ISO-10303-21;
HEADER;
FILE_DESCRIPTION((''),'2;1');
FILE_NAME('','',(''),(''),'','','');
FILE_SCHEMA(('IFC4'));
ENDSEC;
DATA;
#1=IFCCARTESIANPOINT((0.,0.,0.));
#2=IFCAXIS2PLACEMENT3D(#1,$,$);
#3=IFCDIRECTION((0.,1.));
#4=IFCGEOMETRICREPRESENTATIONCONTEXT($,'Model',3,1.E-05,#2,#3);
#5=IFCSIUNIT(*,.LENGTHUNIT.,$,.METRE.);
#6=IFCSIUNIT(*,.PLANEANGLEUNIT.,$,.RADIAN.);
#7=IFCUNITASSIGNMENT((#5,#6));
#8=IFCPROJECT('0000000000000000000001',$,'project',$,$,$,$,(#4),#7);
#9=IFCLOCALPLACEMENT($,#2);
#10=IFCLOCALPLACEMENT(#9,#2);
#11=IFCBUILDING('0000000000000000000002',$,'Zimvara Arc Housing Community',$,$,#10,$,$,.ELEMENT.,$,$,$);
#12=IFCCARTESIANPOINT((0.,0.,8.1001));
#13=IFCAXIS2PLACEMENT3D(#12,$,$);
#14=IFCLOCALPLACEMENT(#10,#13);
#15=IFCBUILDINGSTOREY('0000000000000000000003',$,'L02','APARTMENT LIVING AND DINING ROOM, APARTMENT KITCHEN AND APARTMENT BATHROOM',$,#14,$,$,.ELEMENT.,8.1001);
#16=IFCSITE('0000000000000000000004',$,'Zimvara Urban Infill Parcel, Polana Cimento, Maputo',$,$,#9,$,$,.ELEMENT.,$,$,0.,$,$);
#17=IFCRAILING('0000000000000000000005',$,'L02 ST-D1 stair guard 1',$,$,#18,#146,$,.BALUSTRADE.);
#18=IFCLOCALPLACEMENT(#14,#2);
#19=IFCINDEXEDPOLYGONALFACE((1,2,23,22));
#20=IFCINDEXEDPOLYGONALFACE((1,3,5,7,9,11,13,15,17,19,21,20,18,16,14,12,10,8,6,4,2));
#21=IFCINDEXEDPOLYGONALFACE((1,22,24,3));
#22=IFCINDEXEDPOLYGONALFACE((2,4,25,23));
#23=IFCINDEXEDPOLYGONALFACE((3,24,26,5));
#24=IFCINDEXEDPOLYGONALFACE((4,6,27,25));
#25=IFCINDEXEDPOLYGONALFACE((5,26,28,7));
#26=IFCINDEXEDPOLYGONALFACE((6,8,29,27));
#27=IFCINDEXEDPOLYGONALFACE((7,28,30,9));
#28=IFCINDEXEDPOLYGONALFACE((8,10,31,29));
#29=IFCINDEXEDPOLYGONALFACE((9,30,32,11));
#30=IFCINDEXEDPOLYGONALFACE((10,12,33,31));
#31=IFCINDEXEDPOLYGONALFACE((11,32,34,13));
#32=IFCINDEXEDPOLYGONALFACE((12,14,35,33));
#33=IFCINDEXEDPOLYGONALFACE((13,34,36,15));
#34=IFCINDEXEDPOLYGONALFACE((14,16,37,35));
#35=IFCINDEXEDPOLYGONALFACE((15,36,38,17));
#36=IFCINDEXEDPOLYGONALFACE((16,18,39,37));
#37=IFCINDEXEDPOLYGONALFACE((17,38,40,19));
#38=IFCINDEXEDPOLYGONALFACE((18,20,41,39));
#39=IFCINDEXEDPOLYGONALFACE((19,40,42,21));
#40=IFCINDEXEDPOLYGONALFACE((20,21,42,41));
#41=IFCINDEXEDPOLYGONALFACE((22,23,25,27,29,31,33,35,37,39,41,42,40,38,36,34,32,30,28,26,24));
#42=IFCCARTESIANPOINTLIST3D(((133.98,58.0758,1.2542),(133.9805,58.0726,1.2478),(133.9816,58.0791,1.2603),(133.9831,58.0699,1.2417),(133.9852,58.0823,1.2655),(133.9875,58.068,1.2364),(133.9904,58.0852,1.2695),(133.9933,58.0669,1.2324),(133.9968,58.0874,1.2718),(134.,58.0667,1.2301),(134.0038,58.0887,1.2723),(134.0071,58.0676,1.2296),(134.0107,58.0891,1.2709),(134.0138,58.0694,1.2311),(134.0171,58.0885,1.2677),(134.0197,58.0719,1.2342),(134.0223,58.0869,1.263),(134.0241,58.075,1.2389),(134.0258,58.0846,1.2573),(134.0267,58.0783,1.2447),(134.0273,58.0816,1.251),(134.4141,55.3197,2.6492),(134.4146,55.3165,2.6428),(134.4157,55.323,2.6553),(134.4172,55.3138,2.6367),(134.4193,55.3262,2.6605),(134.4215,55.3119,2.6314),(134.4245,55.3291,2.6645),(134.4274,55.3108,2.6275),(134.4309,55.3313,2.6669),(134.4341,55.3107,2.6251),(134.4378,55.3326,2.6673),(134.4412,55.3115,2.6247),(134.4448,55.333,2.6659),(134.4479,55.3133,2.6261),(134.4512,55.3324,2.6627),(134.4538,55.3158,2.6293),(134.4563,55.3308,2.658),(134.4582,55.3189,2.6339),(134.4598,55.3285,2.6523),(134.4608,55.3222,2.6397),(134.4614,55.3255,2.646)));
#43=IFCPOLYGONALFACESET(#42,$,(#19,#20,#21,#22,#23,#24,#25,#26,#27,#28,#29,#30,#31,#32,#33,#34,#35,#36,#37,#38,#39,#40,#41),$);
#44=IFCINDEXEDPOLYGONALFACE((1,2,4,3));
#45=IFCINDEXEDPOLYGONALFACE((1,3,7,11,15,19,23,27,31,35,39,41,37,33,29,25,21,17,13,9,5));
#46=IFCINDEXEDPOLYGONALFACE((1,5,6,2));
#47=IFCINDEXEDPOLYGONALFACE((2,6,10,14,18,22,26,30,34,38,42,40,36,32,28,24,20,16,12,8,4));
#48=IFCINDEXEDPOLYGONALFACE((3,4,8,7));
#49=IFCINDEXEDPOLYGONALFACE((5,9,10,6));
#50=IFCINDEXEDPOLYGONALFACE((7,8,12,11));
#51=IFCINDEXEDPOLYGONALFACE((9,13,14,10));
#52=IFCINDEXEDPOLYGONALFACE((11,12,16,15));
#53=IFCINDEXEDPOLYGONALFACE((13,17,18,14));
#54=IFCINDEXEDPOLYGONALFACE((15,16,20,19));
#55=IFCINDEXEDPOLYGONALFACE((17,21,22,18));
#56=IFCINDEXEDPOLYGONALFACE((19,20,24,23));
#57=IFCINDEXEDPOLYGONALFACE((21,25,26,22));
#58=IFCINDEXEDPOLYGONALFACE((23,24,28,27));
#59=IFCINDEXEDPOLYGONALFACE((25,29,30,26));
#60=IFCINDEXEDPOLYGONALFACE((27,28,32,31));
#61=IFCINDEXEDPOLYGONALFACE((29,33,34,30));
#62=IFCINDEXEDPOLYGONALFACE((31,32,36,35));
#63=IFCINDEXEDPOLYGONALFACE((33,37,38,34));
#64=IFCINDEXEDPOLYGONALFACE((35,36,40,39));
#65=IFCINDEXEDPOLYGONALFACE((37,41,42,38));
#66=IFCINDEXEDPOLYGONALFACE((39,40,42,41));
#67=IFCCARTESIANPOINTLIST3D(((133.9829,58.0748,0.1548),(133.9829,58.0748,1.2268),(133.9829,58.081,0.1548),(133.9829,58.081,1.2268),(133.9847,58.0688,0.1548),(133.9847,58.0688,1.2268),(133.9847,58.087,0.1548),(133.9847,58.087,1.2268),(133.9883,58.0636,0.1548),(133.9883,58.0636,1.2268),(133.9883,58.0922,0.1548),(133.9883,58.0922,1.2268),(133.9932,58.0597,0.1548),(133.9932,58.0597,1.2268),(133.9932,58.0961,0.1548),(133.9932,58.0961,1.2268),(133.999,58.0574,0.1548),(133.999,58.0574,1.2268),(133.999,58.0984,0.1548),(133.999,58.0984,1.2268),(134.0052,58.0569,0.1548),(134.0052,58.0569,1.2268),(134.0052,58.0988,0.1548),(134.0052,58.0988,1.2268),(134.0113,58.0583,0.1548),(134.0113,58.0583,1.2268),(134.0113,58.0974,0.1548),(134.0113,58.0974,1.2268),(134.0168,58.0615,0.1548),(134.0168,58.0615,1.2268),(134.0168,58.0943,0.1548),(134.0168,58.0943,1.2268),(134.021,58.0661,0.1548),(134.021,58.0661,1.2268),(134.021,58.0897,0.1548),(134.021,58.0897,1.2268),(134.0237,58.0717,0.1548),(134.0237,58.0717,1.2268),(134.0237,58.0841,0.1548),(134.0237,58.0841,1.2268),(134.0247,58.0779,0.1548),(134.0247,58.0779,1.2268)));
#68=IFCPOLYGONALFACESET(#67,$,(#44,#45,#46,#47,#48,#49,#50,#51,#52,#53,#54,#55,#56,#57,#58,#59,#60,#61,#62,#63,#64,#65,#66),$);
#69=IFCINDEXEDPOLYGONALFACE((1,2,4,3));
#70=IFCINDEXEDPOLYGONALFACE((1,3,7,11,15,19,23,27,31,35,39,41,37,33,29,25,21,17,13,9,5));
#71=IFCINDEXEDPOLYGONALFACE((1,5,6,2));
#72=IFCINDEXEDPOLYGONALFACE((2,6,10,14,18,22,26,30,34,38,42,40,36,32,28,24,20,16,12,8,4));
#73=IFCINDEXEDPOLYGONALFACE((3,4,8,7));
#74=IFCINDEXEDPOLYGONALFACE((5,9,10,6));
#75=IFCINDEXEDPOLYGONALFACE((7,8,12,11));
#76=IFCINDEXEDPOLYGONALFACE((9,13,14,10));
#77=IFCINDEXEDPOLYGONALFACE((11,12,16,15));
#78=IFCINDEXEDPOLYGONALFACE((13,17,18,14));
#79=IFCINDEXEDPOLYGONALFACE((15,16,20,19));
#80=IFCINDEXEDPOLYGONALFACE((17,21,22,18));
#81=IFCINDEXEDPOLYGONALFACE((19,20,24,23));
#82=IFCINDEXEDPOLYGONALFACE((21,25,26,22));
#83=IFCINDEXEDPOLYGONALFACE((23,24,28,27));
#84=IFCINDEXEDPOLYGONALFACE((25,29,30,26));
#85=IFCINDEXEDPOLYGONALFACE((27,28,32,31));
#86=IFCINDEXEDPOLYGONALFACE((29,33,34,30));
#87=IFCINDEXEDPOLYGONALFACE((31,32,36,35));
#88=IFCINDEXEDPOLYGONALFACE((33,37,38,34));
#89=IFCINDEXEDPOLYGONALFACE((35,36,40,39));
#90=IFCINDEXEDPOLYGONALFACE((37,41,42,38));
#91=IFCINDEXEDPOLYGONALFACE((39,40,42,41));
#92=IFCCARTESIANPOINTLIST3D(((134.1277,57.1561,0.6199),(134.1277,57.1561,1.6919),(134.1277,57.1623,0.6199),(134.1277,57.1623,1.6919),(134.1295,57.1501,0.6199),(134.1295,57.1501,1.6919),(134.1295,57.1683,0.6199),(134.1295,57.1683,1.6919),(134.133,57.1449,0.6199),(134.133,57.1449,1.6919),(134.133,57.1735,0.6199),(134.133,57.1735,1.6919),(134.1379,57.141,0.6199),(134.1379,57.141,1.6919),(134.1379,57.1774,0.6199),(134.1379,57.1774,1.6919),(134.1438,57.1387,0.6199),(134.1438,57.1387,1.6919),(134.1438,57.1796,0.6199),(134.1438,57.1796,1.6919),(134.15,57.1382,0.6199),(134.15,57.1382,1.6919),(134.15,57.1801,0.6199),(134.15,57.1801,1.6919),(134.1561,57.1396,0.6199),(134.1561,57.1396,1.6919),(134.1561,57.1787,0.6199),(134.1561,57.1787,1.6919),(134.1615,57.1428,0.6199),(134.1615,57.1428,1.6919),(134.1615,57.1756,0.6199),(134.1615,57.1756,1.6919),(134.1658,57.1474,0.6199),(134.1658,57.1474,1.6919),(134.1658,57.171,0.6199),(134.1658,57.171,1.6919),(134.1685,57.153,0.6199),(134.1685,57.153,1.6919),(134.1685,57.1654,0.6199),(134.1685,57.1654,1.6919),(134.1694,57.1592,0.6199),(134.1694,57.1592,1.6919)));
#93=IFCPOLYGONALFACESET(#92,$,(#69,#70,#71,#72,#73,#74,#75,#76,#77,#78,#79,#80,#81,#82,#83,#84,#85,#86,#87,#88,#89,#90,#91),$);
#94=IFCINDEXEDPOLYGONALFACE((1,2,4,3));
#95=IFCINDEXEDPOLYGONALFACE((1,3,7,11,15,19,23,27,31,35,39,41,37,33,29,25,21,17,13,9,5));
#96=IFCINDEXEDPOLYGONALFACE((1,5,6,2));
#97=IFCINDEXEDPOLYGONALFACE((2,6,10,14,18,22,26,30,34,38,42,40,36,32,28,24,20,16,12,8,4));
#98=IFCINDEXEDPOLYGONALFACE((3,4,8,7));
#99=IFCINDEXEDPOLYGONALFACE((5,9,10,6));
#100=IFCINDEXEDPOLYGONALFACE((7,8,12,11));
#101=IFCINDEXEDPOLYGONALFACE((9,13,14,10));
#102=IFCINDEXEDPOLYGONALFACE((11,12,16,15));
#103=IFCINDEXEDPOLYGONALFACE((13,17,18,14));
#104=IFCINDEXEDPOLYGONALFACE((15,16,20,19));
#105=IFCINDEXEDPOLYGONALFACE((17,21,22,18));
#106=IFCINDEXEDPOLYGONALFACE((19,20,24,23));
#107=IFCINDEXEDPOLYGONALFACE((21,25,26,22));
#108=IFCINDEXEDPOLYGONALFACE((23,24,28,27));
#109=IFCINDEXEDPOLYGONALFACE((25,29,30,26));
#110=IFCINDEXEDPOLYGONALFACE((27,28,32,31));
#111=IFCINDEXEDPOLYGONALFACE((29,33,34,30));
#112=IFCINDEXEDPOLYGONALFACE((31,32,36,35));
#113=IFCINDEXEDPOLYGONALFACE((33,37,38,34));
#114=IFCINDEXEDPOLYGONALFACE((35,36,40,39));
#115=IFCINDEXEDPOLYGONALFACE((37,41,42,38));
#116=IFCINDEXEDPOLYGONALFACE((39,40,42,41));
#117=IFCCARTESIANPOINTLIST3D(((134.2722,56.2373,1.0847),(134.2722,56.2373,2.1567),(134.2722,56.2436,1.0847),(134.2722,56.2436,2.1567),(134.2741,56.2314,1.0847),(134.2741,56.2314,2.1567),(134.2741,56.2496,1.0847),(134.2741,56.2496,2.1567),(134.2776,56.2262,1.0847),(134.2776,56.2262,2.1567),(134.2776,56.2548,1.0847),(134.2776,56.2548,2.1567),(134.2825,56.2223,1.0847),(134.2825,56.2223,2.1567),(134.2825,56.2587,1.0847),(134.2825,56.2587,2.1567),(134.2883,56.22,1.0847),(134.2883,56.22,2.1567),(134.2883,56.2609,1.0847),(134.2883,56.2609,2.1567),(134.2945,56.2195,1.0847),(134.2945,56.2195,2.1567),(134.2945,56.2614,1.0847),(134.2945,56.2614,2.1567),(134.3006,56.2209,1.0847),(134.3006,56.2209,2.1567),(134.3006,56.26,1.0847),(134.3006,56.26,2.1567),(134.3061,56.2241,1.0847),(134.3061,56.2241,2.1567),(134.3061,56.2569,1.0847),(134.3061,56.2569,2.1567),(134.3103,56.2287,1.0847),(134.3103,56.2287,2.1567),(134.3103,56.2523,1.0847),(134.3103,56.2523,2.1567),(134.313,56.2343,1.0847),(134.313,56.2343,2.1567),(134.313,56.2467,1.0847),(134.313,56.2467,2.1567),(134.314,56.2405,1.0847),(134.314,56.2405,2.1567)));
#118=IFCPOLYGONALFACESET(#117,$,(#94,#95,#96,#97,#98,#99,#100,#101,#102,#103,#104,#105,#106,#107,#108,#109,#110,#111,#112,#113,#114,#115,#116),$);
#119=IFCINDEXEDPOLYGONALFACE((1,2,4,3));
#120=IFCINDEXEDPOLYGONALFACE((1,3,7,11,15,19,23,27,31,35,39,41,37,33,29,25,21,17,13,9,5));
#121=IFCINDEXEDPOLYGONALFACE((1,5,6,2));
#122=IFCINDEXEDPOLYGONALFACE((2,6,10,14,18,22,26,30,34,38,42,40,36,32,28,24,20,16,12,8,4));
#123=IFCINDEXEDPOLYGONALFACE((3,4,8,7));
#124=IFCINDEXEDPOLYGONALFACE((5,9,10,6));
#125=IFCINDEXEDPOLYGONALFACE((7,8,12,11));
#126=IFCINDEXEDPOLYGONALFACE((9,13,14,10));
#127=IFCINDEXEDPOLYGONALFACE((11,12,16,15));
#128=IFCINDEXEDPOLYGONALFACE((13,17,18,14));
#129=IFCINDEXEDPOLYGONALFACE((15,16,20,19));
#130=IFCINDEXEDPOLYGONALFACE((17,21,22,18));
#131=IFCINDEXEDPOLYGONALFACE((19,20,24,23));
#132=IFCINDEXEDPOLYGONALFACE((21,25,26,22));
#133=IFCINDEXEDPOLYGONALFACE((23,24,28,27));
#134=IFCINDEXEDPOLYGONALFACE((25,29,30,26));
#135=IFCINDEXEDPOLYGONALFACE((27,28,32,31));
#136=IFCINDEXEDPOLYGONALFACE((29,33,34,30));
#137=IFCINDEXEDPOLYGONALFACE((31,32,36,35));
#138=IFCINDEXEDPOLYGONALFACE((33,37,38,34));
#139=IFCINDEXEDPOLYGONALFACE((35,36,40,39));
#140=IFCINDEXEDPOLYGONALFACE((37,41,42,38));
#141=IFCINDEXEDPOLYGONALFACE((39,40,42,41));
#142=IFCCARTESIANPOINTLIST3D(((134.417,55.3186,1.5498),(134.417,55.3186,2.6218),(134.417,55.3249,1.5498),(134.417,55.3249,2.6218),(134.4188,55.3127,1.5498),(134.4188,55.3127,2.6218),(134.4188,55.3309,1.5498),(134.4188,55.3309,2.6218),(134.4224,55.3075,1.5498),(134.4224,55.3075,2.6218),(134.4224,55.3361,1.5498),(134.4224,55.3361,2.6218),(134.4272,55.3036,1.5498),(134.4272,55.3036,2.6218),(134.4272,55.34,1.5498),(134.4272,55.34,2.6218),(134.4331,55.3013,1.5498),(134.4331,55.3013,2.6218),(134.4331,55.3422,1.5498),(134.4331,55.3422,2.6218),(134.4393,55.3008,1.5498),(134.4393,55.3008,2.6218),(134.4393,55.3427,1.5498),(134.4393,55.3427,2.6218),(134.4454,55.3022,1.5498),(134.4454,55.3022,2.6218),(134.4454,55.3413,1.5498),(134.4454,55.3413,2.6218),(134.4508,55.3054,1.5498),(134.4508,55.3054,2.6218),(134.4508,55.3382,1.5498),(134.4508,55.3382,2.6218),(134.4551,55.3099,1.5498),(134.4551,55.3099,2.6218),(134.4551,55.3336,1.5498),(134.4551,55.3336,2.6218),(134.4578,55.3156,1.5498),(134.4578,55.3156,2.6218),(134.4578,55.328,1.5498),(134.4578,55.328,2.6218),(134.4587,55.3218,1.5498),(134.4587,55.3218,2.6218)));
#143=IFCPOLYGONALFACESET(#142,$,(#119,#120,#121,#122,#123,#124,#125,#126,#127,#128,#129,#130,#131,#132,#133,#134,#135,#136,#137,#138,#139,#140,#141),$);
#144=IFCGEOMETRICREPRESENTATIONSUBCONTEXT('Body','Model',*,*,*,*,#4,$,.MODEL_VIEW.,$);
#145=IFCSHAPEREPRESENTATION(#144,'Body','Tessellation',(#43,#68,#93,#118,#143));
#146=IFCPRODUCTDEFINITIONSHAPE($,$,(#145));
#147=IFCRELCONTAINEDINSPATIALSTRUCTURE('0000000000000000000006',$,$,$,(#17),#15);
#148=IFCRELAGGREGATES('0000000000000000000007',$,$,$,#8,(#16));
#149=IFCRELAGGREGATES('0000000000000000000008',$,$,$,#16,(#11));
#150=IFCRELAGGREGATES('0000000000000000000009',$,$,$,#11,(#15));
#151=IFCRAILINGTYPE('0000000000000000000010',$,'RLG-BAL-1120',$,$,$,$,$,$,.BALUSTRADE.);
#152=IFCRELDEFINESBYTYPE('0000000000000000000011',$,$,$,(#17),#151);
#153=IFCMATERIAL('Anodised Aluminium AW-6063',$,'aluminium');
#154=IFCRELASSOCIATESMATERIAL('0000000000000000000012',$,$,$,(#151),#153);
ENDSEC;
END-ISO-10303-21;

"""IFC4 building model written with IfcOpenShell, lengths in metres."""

from ifc_helpers import new_model, si_unit, direction, frame, origin, origin_2d, place, context, subcontext, project, spatial, circle, extrude, material, type_object, element, save


model = new_model("IFC4")

# Units and contexts
model_context = context("Model", 3, precision=1e-05, world=origin(), true_north=direction((0.0, 1.0)))
body_context = subcontext(model_context, "Body", "Model", "MODEL_VIEW")
ifc_project = project(units=[si_unit("LENGTHUNIT", "METRE"), si_unit("PLANEANGLEUNIT", "RADIAN")], contexts=[model_context])

# Site, building, storey
site_placement = place(None, origin())
site = spatial("IfcSite", under=ifc_project, at=site_placement, Name="Zimvara Urban Infill Parcel, Polana Cimento, Maputo", CompositionType="ELEMENT", RefElevation=0.0)
building_placement = place(site_placement, origin())
building = spatial("IfcBuilding", under=site, at=building_placement, Name="Zimvara Arc Housing Community", CompositionType="ELEMENT")
storey_placement = place(building_placement, frame((0.0, 0.0, 8.1001)))
storey = spatial("IfcBuildingStorey", under=building, at=storey_placement, Name="L02", Description="APARTMENT LIVING AND DINING ROOM, APARTMENT KITCHEN AND APARTMENT BATHROOM", CompositionType="ELEMENT", Elevation=8.1001)

# Railing
ifc_material_1 = material(Name="Anodised Aluminium AW-6063", Category="aluminium")
railing_type = type_object("IfcRailingType", Name="RLG-BAL-1120", PredefinedType="BALUSTRADE", material=ifc_material_1)
railing_1_placement = place(storey_placement, frame((134.0037, 58.0779, 0.1548)))
element("IfcRailing", 1, at=railing_1_placement, inside=storey, type_object=railing_type, Name="L02 ST-D1 stair guard 1", PredefinedType="BALUSTRADE", context=body_context, shape_type="SweptSolid", body=[
    extrude(circle(Radius=0.0239, at=origin_2d()), frame((0.0, 0.0, 1.0962), z_axis=(0.139156, -0.883538, 0.447209), x_axis=(0.987823, 0.155581, 0.0)), (0.0, 0.0, 1.0), 3.1194),
    extrude(circle(Radius=0.021, at=origin_2d()), origin(), (0.0, 0.0, 1.0), 1.072),
    extrude(circle(Radius=0.021, at=origin_2d()), frame((0.1448, -0.9187, 0.4651)), (0.0, 0.0, 1.0), 1.072),
    extrude(circle(Radius=0.021, at=origin_2d()), frame((0.2893, -1.8374, 0.9299)), (0.0, 0.0, 1.0), 1.072),
    extrude(circle(Radius=0.021, at=origin_2d()), frame((0.4341, -2.7561, 1.395)), (0.0, 0.0, 1.0), 1.072),
])

save(model, "model.ifc")
